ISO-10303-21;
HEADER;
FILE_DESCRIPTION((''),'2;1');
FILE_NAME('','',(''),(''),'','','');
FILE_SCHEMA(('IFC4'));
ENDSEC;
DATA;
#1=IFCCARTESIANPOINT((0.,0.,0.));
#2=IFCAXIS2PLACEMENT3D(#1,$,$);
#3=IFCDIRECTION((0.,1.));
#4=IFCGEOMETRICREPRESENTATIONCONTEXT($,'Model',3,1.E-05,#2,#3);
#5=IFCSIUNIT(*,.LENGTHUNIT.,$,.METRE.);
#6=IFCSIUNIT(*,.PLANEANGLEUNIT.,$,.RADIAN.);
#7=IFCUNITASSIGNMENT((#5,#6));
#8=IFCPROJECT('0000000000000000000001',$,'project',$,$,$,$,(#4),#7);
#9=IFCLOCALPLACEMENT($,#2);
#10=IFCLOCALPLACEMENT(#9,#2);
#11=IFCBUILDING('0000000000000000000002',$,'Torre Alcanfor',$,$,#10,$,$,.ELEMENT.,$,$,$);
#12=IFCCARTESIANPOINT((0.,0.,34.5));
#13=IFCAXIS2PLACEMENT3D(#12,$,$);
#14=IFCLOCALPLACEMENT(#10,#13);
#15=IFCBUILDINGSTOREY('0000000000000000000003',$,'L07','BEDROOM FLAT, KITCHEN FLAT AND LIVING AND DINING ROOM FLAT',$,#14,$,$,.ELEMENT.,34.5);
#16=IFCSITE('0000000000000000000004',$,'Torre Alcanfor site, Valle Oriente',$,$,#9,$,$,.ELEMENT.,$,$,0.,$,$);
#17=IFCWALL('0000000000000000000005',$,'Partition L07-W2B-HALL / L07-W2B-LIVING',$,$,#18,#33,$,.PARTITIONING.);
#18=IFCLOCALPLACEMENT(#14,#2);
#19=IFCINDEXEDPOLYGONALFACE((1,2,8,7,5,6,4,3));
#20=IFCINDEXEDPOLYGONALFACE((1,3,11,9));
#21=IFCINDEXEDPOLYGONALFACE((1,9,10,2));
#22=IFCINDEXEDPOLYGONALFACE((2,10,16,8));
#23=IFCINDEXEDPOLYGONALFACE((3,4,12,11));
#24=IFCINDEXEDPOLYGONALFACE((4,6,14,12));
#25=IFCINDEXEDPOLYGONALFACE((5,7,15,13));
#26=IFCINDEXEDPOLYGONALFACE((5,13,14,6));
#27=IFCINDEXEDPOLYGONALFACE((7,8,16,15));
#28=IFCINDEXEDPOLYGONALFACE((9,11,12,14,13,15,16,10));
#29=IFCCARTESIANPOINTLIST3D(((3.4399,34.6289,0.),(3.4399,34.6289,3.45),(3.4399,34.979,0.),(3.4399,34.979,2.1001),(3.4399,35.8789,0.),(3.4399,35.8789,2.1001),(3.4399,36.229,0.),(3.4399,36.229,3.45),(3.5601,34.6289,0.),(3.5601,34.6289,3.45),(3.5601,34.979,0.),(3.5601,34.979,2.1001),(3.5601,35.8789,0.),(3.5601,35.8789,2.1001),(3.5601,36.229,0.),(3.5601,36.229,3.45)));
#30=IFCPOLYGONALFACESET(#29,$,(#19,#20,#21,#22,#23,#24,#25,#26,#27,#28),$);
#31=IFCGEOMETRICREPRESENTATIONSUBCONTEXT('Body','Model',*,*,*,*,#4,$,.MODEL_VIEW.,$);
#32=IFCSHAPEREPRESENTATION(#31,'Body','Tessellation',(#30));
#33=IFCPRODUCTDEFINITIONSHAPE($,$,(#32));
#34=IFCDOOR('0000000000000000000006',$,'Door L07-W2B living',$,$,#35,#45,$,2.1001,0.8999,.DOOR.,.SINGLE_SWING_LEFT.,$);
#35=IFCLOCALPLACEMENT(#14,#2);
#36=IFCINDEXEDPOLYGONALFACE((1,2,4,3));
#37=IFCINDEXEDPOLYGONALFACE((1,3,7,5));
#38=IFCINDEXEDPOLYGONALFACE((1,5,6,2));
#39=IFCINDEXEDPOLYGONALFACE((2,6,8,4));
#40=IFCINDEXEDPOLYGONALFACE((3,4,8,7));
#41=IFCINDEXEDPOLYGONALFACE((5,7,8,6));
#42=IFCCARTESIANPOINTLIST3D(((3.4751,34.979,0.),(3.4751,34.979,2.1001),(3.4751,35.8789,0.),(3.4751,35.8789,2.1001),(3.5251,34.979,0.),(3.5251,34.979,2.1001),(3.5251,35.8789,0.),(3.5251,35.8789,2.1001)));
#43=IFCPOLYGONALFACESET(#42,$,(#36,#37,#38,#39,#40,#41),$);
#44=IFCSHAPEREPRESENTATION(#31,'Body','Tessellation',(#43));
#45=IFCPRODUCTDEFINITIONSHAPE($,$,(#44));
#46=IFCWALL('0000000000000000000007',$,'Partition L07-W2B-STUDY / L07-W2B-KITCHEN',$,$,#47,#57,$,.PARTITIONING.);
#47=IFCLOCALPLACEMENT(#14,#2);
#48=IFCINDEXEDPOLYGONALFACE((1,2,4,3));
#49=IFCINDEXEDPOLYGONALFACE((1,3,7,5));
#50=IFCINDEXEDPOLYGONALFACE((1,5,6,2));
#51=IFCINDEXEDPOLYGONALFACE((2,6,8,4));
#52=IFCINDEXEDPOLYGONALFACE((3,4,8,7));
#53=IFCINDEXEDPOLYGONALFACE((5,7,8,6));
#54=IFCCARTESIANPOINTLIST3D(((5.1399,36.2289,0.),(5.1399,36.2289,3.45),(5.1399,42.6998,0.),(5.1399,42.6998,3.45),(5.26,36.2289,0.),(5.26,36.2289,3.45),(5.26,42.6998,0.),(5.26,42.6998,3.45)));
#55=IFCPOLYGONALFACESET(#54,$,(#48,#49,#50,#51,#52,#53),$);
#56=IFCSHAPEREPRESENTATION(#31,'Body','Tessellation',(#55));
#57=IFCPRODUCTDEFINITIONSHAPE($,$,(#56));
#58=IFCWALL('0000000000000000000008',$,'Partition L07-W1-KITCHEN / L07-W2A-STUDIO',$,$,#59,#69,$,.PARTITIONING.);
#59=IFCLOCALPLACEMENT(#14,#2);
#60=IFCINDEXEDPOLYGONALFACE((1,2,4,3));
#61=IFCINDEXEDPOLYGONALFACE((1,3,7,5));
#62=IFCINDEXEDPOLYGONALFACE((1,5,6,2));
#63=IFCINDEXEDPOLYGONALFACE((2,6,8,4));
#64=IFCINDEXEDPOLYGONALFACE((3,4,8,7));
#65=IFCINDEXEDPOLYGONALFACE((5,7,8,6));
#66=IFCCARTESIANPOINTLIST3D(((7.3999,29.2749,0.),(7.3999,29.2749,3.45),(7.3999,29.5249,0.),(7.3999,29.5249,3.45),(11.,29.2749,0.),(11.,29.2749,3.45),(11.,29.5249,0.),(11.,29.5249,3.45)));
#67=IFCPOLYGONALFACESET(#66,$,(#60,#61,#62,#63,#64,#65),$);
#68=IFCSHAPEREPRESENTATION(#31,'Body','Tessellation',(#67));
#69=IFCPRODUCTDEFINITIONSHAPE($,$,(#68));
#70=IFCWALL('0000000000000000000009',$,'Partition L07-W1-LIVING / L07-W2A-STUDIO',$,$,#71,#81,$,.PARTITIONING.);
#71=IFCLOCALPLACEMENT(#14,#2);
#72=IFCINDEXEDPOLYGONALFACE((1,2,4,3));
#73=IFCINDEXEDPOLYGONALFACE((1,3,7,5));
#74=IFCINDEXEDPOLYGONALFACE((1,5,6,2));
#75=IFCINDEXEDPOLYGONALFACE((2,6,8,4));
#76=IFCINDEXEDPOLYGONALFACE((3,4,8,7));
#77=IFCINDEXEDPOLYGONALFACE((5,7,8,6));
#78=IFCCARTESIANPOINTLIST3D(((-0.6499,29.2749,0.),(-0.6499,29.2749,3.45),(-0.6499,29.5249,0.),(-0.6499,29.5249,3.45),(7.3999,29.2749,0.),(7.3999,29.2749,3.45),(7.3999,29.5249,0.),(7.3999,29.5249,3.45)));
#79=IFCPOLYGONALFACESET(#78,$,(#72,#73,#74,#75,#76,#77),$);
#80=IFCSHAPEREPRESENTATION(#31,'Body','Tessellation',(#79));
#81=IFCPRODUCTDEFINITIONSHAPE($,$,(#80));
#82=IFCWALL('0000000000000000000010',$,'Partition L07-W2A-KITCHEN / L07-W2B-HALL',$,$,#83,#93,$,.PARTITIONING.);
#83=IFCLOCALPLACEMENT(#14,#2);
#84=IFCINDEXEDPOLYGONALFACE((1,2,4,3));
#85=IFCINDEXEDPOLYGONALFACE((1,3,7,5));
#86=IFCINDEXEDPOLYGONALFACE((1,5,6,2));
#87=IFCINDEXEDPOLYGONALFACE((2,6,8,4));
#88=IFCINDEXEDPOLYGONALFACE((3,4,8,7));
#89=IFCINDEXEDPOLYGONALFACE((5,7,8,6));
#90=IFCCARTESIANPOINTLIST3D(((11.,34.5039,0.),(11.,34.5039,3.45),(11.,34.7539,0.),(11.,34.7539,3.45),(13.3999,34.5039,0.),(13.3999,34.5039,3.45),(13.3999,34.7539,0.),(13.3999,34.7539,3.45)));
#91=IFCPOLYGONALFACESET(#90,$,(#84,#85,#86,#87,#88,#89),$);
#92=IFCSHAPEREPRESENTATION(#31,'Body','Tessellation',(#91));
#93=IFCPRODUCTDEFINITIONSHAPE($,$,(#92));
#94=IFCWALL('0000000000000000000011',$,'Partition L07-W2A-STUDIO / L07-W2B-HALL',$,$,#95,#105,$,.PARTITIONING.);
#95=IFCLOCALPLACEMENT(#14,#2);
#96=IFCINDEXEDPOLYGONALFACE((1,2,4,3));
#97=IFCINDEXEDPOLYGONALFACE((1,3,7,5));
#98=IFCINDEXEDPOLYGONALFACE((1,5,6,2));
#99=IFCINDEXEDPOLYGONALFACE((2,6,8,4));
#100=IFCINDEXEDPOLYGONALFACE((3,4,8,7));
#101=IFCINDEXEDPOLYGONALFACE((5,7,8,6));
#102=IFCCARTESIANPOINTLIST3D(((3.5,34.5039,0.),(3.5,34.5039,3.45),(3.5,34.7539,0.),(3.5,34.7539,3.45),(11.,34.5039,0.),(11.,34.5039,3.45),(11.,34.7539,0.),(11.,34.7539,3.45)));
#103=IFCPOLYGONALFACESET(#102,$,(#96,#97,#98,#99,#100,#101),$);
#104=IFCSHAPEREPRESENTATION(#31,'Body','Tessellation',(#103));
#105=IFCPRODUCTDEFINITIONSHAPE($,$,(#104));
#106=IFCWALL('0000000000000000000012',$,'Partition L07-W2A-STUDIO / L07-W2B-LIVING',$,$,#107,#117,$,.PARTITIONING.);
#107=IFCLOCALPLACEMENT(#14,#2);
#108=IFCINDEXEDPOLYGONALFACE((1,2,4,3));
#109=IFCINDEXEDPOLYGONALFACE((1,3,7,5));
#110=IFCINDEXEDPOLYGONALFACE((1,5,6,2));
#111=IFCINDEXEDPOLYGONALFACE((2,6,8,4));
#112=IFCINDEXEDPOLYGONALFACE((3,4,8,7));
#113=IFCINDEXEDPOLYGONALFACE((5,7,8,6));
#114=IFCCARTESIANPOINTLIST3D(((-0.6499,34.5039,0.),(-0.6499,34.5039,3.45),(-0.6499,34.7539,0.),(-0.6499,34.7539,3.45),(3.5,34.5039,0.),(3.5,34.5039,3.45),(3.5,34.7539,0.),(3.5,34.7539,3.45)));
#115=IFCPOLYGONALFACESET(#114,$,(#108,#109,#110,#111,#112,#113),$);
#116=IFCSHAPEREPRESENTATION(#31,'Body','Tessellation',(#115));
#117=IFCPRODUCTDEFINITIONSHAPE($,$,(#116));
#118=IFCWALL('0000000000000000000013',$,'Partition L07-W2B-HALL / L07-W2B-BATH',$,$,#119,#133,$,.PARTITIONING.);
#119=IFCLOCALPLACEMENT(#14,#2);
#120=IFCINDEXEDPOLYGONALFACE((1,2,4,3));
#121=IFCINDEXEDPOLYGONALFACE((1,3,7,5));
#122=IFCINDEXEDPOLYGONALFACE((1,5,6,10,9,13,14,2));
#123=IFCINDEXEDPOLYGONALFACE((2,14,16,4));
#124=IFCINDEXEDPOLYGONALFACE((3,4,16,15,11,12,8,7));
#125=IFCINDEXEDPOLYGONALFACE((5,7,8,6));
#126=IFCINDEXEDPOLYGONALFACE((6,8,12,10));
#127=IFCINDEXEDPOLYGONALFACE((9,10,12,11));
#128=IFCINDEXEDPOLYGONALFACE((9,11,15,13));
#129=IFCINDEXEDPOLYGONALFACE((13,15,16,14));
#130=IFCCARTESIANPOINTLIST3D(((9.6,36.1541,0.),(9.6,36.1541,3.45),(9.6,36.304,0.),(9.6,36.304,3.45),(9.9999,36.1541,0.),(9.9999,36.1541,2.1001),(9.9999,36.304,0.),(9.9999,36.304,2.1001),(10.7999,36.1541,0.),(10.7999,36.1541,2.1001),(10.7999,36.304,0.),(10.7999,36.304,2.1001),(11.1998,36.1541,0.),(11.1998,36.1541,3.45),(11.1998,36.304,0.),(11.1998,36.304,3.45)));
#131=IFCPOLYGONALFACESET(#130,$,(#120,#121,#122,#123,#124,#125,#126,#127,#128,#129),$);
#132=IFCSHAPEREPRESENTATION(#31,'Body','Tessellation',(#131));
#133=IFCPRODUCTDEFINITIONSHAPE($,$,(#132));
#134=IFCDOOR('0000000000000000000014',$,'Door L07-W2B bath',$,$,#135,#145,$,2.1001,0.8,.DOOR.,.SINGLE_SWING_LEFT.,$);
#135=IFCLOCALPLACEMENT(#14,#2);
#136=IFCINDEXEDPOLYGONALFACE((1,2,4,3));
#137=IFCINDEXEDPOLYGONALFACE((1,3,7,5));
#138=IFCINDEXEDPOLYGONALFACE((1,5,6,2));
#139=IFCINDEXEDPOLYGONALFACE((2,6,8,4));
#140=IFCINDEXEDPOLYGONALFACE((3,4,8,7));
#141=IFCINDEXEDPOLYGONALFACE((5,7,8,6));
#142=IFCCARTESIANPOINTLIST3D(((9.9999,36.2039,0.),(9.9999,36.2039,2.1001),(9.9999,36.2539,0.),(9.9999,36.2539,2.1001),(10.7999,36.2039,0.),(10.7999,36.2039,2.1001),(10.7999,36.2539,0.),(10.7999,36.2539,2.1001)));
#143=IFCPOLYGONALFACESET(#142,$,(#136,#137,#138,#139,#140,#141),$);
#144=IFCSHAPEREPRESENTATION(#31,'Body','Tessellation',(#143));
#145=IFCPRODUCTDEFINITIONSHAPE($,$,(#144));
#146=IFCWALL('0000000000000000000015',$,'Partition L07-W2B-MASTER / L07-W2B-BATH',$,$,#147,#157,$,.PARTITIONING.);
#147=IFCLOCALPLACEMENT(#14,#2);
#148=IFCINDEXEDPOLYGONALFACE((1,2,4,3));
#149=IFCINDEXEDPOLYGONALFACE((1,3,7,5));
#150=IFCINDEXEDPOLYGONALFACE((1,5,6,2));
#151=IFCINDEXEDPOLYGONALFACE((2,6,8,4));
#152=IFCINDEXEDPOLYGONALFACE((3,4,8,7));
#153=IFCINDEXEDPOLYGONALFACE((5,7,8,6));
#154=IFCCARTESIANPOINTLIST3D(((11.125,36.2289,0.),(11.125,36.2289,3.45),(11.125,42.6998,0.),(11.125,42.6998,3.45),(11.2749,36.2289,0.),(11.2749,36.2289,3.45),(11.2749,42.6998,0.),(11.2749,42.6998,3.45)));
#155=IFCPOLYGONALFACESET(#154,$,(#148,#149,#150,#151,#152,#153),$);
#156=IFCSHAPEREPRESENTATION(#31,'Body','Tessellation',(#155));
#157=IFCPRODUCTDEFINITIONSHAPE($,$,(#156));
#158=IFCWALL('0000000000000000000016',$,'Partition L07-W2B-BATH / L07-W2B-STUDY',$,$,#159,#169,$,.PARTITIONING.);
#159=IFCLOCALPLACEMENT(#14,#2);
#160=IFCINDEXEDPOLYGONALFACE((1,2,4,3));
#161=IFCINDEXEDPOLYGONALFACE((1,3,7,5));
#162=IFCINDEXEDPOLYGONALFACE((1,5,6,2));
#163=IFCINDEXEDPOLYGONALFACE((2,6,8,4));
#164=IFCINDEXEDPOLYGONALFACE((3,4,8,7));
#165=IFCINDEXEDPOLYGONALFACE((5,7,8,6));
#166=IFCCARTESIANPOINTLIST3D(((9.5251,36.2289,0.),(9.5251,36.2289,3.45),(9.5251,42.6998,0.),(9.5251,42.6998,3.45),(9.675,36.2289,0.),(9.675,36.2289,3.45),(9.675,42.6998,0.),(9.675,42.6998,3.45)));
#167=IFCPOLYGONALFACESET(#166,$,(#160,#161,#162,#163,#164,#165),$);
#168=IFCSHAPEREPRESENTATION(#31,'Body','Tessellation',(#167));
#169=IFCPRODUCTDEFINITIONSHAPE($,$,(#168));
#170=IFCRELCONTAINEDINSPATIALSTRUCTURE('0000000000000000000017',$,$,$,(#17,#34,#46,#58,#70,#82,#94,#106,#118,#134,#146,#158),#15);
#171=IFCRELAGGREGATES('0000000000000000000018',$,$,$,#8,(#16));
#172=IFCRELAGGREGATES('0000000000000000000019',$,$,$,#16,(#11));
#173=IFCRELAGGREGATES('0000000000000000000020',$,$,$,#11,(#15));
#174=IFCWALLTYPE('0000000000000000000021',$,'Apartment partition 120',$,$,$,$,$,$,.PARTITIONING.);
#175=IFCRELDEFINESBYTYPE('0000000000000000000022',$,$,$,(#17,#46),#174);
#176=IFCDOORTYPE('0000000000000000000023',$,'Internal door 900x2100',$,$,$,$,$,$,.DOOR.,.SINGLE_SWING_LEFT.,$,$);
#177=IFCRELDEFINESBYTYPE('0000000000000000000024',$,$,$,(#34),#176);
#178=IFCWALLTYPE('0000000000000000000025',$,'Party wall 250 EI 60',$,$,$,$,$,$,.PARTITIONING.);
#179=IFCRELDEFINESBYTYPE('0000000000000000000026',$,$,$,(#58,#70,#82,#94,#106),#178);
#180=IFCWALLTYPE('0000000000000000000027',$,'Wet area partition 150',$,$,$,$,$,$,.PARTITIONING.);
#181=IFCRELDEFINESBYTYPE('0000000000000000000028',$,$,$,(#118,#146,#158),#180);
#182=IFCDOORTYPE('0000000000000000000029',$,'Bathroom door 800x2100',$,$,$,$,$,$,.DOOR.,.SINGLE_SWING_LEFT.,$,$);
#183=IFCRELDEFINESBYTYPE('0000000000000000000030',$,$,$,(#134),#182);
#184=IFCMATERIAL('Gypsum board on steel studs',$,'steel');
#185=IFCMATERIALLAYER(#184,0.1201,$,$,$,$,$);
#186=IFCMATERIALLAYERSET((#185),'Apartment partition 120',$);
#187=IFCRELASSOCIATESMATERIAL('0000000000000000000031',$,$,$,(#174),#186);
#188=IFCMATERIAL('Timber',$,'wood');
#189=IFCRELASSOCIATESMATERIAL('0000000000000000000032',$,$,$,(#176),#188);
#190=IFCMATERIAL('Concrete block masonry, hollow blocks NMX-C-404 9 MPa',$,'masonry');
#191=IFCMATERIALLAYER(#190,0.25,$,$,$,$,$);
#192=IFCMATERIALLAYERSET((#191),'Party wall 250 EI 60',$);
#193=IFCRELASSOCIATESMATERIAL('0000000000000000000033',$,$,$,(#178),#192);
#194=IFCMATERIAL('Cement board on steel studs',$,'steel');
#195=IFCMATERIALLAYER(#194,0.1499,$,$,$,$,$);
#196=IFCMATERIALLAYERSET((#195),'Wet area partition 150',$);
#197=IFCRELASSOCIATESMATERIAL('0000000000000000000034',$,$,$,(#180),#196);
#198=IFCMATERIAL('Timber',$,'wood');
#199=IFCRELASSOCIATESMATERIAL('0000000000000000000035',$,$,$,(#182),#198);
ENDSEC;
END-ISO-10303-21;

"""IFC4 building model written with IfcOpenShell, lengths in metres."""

from ifc_helpers import new_model, si_unit, direction, frame, frame_2d, origin, place, context, subcontext, project, spatial, rectangle, extrude, material, layer, layer_set, type_object, element, fill, save


model = new_model("IFC4")

# Units and contexts
model_context = context("Model", 3, precision=1e-05, world=origin(), true_north=direction((0.0, 1.0)))
body_context = subcontext(model_context, "Body", "Model", "MODEL_VIEW")
ifc_project = project(units=[si_unit("LENGTHUNIT", "METRE"), si_unit("PLANEANGLEUNIT", "RADIAN")], contexts=[model_context])

# Site, building, storey
site_placement = place(None, origin())
site = spatial("IfcSite", under=ifc_project, at=site_placement, Name="Torre Alcanfor site, Valle Oriente", CompositionType="ELEMENT", RefElevation=0.0)
building_placement = place(site_placement, origin())
building = spatial("IfcBuilding", under=site, at=building_placement, Name="Torre Alcanfor", CompositionType="ELEMENT")
storey_placement = place(building_placement, frame((0.0, 0.0, 34.5)))
storey = spatial("IfcBuildingStorey", under=building, at=storey_placement, Name="L07", Description="BEDROOM FLAT, KITCHEN FLAT AND LIVING AND DINING ROOM FLAT", CompositionType="ELEMENT", Elevation=34.5)

# Shared definitions
ifc_material_1 = material(Name="Gypsum board on steel studs", Category="steel")
ifc_layer_1 = layer(ifc_material_1, 0.1201)
ifc_layer_set_1 = layer_set([ifc_layer_1], Name="Apartment partition 120")
wall_type_1 = type_object("IfcWallType", Name="Apartment partition 120", PredefinedType="PARTITIONING", material=ifc_layer_set_1)
ifc_material_2 = material(Name="Timber", Category="wood")
door_type_1 = type_object("IfcDoorType", Name="Internal door 900x2100", OperationType="SINGLE_SWING_LEFT", PredefinedType="DOOR", material=ifc_material_2)

# Wall, opening, door
wall_1_placement = place(storey_placement, frame((3.5, 34.6289, 0.0), z_axis=(0.0, 0.0, 1.0), x_axis=(0.0, 1.0, 0.0)))
wall_1 = element("IfcWall", 1, at=wall_1_placement, inside=storey, type_object=wall_type_1, Name="Partition L07-W2B-HALL / L07-W2B-LIVING", PredefinedType="PARTITIONING", context=body_context, shape_type="SweptSolid", body=[
    extrude(rectangle(XDim=1.6001, YDim=0.1201, at=frame_2d((0.8, 0.0))), origin(), (0.0, 0.0, 1.0), 3.45),
])
opening_1_placement = place(wall_1_placement, frame((0.3501, 0.0, 0.0)))
opening_1 = element("IfcOpeningElement", 2, at=opening_1_placement, cuts=wall_1, PredefinedType="OPENING", context=body_context, shape_type="SweptSolid", body=[
    extrude(rectangle(XDim=0.8999, YDim=2.1001, at=frame_2d((0.45, 1.05))), frame((0.0, 0.0701, 0.0), z_axis=(0.0, -1.0, 0.0), x_axis=(1.0, 0.0, 0.0)), (0.0, 0.0, 1.0), 0.1401),
])
door_1_placement = place(opening_1_placement, origin())
door_1 = element("IfcDoor", 3, at=door_1_placement, inside=storey, type_object=door_type_1, Name="Door L07-W2B living", OperationType="SINGLE_SWING_LEFT", OverallHeight=2.1001, OverallWidth=0.8999, PredefinedType="DOOR", context=body_context, shape_type="SweptSolid", body=[
    extrude(rectangle(XDim=0.8999, YDim=2.1001, at=frame_2d((0.45, 1.05))), frame((0.0, 0.0249, 0.0), z_axis=(0.0, -1.0, 0.0), x_axis=(1.0, 0.0, 0.0)), (0.0, 0.0, 1.0), 0.05),
])
fill(opening_1, door_1)

# Walls
wall_2_placement = place(storey_placement, frame((5.2, 36.229, 0.0), z_axis=(0.0, 0.0, 1.0), x_axis=(0.0, 1.0, 0.0)))
element("IfcWall", 4, at=wall_2_placement, inside=storey, type_object=wall_type_1, Name="Partition L07-W2B-STUDY / L07-W2B-KITCHEN", PredefinedType="PARTITIONING", context=body_context, shape_type="SweptSolid", body=[
    extrude(rectangle(XDim=6.4709, YDim=0.1201, at=frame_2d((3.2354, 0.0))), origin(), (0.0, 0.0, 1.0), 3.45),
])
ifc_material_3 = material(Name="Concrete block masonry, hollow blocks NMX-C-404 9 MPa", Category="masonry")
ifc_layer_2 = layer(ifc_material_3, 0.25)
ifc_layer_set_2 = layer_set([ifc_layer_2], Name="Party wall 250 EI 60")
wall_type_2 = type_object("IfcWallType", Name="Party wall 250 EI 60", PredefinedType="PARTITIONING", material=ifc_layer_set_2)
wall_3_placement = place(storey_placement, frame((11.0, 29.3999, 0.0), z_axis=(0.0, 0.0, 1.0), x_axis=(-1.0, 0.0, 0.0)))
element("IfcWall", 5, at=wall_3_placement, inside=storey, type_object=wall_type_2, Name="Partition L07-W1-KITCHEN / L07-W2A-STUDIO", PredefinedType="PARTITIONING", context=body_context, shape_type="SweptSolid", body=[
    extrude(rectangle(XDim=3.6001, YDim=0.25, at=frame_2d((1.8, 0.0))), origin(), (0.0, 0.0, 1.0), 3.45),
])
wall_4_placement = place(storey_placement, frame((7.3999, 29.3999, 0.0), z_axis=(0.0, 0.0, 1.0), x_axis=(-1.0, 0.0, 0.0)))
element("IfcWall", 6, at=wall_4_placement, inside=storey, type_object=wall_type_2, Name="Partition L07-W1-LIVING / L07-W2A-STUDIO", PredefinedType="PARTITIONING", context=body_context, shape_type="SweptSolid", body=[
    extrude(rectangle(XDim=8.0498, YDim=0.25, at=frame_2d((4.0249, 0.0))), origin(), (0.0, 0.0, 1.0), 3.45),
])
wall_5_placement = place(storey_placement, frame((11.0, 34.6289, 0.0), z_axis=(0.0, 0.0, 1.0), x_axis=(1.0, 0.0, 0.0)))
element("IfcWall", 7, at=wall_5_placement, inside=storey, type_object=wall_type_2, Name="Partition L07-W2A-KITCHEN / L07-W2B-HALL", PredefinedType="PARTITIONING", context=body_context, shape_type="SweptSolid", body=[
    extrude(rectangle(XDim=2.3999, YDim=0.25, at=frame_2d((1.2, 0.0))), origin(), (0.0, 0.0, 1.0), 3.45),
])
wall_6_placement = place(storey_placement, frame((3.5, 34.6289, 0.0), z_axis=(0.0, 0.0, 1.0), x_axis=(1.0, 0.0, 0.0)))
element("IfcWall", 8, at=wall_6_placement, inside=storey, type_object=wall_type_2, Name="Partition L07-W2A-STUDIO / L07-W2B-HALL", PredefinedType="PARTITIONING", context=body_context, shape_type="SweptSolid", body=[
    extrude(rectangle(XDim=7.5, YDim=0.25, at=frame_2d((3.75, 0.0))), origin(), (0.0, 0.0, 1.0), 3.45),
])
wall_7_placement = place(storey_placement, frame((-0.6499, 34.6289, 0.0), z_axis=(0.0, 0.0, 1.0), x_axis=(1.0, 0.0, 0.0)))
element("IfcWall", 9, at=wall_7_placement, inside=storey, type_object=wall_type_2, Name="Partition L07-W2A-STUDIO / L07-W2B-LIVING", PredefinedType="PARTITIONING", context=body_context, shape_type="SweptSolid", body=[
    extrude(rectangle(XDim=4.1499, YDim=0.25, at=frame_2d((2.075, 0.0))), origin(), (0.0, 0.0, 1.0), 3.45),
])

# Wall, opening, door
ifc_material_4 = material(Name="Cement board on steel studs", Category="steel")
ifc_layer_3 = layer(ifc_material_4, 0.1499)
ifc_layer_set_3 = layer_set([ifc_layer_3], Name="Wet area partition 150")
wall_type_3 = type_object("IfcWallType", Name="Wet area partition 150", PredefinedType="PARTITIONING", material=ifc_layer_set_3)
wall_8_placement = place(storey_placement, frame((9.6001, 36.229, 0.0), z_axis=(0.0, 0.0, 1.0), x_axis=(1.0, 0.0, 0.0)))
wall_8 = element("IfcWall", 10, at=wall_8_placement, inside=storey, type_object=wall_type_3, Name="Partition L07-W2B-HALL / L07-W2B-BATH", PredefinedType="PARTITIONING", context=body_context, shape_type="SweptSolid", body=[
    extrude(rectangle(XDim=1.5999, YDim=0.1499, at=frame_2d((0.7998, 0.0))), origin(), (0.0, 0.0, 1.0), 3.45),
])
opening_2_placement = place(wall_8_placement, frame((0.3999, 0.0, 0.0)))
opening_2 = element("IfcOpeningElement", 11, at=opening_2_placement, cuts=wall_8, PredefinedType="OPENING", context=body_context, shape_type="SweptSolid", body=[
    extrude(rectangle(XDim=0.8, YDim=2.1001, at=frame_2d((0.3999, 1.05))), frame((0.0, 0.085, 0.0), z_axis=(0.0, -1.0, 0.0), x_axis=(1.0, 0.0, 0.0)), (0.0, 0.0, 1.0), 0.1699),
])
ifc_material_5 = material(Name="Timber", Category="wood")
door_type_2 = type_object("IfcDoorType", Name="Bathroom door 800x2100", OperationType="SINGLE_SWING_LEFT", PredefinedType="DOOR", material=ifc_material_5)
door_2_placement = place(opening_2_placement, origin())
door_2 = element("IfcDoor", 12, at=door_2_placement, inside=storey, type_object=door_type_2, Name="Door L07-W2B bath", OperationType="SINGLE_SWING_LEFT", OverallHeight=2.1001, OverallWidth=0.8, PredefinedType="DOOR", context=body_context, shape_type="SweptSolid", body=[
    extrude(rectangle(XDim=0.8, YDim=2.1001, at=frame_2d((0.3999, 1.05))), frame((0.0, 0.0249, 0.0), z_axis=(0.0, -1.0, 0.0), x_axis=(1.0, 0.0, 0.0)), (0.0, 0.0, 1.0), 0.05),
])
fill(opening_2, door_2)

# Walls
for number, where, z_axis, x_axis, name in (
    (13, (11.2, 36.229, 0.0), (0.0, 0.0, 1.0), (0.0, 1.0, 0.0), "Partition L07-W2B-MASTER / L07-W2B-BATH"),
    (14, (9.6001, 36.229, 0.0), (0.0, 0.0, 1.0), (0.0, 1.0, 0.0), "Partition L07-W2B-BATH / L07-W2B-STUDY"),
):
    element("IfcWall", number, at=place(storey_placement, frame(where, z_axis=z_axis, x_axis=x_axis)), inside=storey, type_object=wall_type_3, Name=name, PredefinedType="PARTITIONING", context=body_context, shape_type="SweptSolid", body=[
        extrude(rectangle(XDim=6.4709, YDim=0.1499, at=frame_2d((3.2354, 0.0))), origin(), (0.0, 0.0, 1.0), 3.45),
    ])

save(model, "model.ifc")
